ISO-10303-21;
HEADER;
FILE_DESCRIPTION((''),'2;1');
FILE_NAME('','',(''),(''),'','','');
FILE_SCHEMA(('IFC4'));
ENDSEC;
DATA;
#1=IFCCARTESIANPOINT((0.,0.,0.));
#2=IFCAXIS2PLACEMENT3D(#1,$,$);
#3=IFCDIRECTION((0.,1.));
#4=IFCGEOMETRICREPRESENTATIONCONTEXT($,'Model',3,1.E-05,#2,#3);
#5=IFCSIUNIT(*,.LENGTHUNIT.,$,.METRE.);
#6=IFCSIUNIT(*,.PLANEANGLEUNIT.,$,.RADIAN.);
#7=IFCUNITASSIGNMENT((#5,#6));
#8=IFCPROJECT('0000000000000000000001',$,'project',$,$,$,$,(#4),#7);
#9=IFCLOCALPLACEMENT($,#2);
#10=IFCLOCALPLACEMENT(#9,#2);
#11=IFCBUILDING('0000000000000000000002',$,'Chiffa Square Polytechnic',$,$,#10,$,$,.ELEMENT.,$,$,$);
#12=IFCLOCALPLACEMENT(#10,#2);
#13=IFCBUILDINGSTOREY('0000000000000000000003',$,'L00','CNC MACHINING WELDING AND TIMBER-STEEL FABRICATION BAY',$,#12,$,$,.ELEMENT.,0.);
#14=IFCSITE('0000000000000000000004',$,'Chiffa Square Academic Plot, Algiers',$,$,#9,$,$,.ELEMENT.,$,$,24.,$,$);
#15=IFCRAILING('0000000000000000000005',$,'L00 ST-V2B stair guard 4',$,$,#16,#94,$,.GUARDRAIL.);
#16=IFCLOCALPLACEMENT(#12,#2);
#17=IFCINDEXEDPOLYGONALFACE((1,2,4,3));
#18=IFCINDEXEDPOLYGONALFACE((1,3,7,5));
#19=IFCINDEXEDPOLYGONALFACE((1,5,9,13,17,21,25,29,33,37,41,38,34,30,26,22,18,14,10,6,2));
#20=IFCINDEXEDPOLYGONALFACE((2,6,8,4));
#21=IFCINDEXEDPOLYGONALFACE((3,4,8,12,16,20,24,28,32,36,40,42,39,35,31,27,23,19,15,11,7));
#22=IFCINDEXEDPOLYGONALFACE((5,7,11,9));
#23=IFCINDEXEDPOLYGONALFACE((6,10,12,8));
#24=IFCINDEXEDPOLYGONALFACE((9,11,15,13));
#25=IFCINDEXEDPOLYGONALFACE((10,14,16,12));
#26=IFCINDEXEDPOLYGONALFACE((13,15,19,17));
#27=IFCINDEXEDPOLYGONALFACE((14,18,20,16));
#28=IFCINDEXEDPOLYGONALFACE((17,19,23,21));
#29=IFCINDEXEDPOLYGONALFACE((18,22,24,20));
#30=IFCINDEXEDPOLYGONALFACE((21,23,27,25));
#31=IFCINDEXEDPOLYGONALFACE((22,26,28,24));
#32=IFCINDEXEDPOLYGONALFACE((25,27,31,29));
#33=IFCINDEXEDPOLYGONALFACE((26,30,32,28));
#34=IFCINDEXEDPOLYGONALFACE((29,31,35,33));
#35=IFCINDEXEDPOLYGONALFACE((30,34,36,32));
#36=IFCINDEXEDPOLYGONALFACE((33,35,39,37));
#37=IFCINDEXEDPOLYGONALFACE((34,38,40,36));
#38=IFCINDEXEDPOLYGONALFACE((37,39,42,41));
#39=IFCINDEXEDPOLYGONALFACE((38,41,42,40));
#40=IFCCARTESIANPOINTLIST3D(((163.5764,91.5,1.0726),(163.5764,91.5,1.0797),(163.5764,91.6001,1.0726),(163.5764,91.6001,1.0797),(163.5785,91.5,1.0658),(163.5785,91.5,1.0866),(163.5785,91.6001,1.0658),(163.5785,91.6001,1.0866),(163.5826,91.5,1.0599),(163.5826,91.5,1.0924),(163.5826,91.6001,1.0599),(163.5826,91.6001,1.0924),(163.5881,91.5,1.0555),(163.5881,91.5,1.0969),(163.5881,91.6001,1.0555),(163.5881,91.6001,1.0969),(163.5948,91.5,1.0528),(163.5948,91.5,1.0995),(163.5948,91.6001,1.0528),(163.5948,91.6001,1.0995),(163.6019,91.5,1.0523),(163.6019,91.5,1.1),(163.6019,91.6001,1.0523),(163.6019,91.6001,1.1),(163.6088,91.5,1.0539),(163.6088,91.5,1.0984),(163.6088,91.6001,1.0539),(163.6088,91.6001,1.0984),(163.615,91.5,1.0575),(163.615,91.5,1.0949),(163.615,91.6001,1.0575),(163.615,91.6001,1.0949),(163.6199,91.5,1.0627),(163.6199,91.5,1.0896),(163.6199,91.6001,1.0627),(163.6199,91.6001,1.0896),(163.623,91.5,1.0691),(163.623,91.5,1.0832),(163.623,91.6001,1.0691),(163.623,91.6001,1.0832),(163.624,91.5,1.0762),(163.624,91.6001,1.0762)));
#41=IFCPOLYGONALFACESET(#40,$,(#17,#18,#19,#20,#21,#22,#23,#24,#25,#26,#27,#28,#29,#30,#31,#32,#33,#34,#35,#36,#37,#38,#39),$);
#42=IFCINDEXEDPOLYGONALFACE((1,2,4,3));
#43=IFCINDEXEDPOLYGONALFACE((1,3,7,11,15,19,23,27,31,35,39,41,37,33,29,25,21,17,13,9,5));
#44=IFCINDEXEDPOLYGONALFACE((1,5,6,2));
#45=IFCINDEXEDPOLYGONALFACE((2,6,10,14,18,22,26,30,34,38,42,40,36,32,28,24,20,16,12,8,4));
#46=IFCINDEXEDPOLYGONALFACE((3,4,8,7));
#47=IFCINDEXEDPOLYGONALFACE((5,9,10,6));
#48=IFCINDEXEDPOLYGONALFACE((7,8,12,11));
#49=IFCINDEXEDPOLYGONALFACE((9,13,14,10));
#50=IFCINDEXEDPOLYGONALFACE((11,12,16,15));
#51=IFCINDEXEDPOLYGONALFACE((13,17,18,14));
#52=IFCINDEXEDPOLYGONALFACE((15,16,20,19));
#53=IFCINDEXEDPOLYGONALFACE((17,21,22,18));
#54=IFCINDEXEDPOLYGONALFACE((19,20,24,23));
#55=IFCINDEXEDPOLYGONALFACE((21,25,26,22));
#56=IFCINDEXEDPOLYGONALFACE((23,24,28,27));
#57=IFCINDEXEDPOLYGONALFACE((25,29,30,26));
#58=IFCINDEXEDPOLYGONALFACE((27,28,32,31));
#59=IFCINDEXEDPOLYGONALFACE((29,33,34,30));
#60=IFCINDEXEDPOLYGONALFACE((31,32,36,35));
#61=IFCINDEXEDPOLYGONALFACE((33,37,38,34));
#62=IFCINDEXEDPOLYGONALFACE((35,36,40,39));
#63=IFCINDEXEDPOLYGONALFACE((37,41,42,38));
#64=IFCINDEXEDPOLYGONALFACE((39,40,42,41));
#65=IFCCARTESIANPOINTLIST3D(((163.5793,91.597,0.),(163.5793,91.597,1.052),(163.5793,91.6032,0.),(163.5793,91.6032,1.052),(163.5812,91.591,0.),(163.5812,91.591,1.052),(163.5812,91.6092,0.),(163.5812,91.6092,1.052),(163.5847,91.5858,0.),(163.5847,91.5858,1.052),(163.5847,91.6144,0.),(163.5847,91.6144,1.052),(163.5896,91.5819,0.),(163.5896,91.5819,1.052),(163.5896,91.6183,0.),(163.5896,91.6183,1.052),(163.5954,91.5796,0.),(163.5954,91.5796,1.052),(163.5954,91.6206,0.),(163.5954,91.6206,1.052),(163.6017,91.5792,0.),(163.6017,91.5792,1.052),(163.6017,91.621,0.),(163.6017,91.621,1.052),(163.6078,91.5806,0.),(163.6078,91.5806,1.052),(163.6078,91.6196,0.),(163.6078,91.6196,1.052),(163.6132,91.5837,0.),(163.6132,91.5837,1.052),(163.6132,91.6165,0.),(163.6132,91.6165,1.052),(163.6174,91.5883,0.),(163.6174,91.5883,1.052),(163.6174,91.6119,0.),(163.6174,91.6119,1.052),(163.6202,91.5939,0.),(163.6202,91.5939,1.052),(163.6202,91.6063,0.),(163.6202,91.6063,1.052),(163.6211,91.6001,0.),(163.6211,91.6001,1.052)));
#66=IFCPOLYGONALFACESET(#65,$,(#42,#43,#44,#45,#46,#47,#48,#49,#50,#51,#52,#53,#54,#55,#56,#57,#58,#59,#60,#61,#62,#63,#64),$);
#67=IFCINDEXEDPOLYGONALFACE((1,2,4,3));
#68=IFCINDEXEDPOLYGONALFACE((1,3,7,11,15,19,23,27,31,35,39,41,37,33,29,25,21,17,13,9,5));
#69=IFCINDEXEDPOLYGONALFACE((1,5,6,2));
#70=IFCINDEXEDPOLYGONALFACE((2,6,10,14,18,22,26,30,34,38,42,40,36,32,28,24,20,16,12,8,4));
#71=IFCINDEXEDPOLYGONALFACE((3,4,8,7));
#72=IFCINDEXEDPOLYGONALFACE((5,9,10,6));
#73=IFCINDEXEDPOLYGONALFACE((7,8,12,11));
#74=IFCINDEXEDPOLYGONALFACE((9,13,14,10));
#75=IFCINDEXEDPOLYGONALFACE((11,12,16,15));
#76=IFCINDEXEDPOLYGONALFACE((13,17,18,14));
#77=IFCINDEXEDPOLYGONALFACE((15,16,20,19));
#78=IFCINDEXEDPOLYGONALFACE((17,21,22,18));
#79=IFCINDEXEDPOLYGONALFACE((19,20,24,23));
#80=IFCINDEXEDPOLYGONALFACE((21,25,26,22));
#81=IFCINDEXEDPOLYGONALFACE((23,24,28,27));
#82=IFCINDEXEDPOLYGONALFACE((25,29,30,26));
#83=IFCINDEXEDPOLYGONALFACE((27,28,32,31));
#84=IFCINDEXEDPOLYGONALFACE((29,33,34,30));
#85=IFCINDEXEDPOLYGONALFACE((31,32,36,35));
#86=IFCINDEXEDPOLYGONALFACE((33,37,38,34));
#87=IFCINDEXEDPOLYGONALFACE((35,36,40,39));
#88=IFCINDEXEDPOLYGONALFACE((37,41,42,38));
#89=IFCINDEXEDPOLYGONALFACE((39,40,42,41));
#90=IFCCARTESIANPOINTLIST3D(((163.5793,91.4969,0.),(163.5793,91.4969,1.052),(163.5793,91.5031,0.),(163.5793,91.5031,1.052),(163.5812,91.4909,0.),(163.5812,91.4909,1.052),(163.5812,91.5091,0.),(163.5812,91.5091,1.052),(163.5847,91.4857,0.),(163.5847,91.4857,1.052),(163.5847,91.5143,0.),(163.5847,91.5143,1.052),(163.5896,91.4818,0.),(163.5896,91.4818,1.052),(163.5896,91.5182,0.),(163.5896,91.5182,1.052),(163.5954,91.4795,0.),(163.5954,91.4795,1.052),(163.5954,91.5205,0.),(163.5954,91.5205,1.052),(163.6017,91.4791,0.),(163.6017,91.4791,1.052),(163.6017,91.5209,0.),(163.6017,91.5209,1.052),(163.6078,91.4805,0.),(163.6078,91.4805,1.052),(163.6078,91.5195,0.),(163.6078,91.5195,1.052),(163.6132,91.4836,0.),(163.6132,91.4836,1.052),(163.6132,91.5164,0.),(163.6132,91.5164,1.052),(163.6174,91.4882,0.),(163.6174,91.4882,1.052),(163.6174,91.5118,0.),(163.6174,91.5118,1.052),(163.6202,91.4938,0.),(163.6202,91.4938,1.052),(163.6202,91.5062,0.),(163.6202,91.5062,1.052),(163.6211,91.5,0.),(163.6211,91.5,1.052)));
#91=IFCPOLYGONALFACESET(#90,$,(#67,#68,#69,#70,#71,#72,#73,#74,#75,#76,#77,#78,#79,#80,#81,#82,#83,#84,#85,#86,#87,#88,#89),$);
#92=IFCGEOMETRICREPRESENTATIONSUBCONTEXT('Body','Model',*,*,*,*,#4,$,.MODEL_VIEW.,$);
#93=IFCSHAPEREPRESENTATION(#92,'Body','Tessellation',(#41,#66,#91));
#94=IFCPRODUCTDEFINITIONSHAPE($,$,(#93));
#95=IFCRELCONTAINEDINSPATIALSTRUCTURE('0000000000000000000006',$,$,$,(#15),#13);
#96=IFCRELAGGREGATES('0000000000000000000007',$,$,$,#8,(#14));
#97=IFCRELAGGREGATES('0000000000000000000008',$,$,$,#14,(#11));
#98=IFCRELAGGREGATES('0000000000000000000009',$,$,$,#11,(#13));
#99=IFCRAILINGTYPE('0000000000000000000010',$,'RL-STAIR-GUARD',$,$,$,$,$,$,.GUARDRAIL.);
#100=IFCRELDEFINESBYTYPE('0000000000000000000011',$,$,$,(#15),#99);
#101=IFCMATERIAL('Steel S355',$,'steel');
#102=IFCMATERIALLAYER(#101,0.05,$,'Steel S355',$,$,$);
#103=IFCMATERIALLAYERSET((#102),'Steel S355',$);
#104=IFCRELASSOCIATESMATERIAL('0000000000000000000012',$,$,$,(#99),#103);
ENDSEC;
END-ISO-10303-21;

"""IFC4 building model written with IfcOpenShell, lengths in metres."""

from ifc_helpers import new_model, si_unit, direction, frame, origin, origin_2d, place, context, subcontext, project, spatial, circle, extrude, material, layer, layer_set, type_object, element, save


model = new_model("IFC4")

# Units and contexts
model_context = context("Model", 3, precision=1e-05, world=origin(), true_north=direction((0.0, 1.0)))
body_context = subcontext(model_context, "Body", "Model", "MODEL_VIEW")
ifc_project = project(units=[si_unit("LENGTHUNIT", "METRE"), si_unit("PLANEANGLEUNIT", "RADIAN")], contexts=[model_context])

# Site, building, storey
site_placement = place(None, origin())
site = spatial("IfcSite", under=ifc_project, at=site_placement, Name="Chiffa Square Academic Plot, Algiers", CompositionType="ELEMENT", RefElevation=24.0)
building_placement = place(site_placement, origin())
building = spatial("IfcBuilding", under=site, at=building_placement, Name="Chiffa Square Polytechnic", CompositionType="ELEMENT")
storey_placement = place(building_placement, origin())
storey = spatial("IfcBuildingStorey", under=building, at=storey_placement, Name="L00", Description="CNC MACHINING WELDING AND TIMBER-STEEL FABRICATION BAY", CompositionType="ELEMENT", Elevation=0.0)

# Railing
ifc_material_1 = material(Name="Steel S355", Category="steel")
ifc_layer_1 = layer(ifc_material_1, 0.05, Name="Steel S355")
ifc_layer_set_1 = layer_set([ifc_layer_1], Name="Steel S355")
railing_type_1 = type_object("IfcRailingType", Name="RL-STAIR-GUARD", PredefinedType="GUARDRAIL", material=ifc_layer_set_1)
railing_1_placement = place(storey_placement, frame((163.6001, 91.6001, 0.0)))
element("IfcRailing", 1, at=railing_1_placement, inside=storey, type_object=railing_type_1, Name="L00 ST-V2B stair guard 4", PredefinedType="GUARDRAIL", context=body_context, shape_type="SweptSolid", body=[
    extrude(circle(Radius=0.0239, at=origin_2d()), frame((0.0, 0.0, 1.0762), z_axis=(0.0, -1.0, 0.0), x_axis=(1.0, 0.0, 0.0)), (0.0, 0.0, 1.0), 0.1001),
    extrude(circle(Radius=0.021, at=origin_2d()), origin(), (0.0, 0.0, 1.0), 1.052),
    extrude(circle(Radius=0.021, at=origin_2d()), frame((0.0, -0.1001, 0.0)), (0.0, 0.0, 1.0), 1.052),
])

save(model, "model.ifc")
